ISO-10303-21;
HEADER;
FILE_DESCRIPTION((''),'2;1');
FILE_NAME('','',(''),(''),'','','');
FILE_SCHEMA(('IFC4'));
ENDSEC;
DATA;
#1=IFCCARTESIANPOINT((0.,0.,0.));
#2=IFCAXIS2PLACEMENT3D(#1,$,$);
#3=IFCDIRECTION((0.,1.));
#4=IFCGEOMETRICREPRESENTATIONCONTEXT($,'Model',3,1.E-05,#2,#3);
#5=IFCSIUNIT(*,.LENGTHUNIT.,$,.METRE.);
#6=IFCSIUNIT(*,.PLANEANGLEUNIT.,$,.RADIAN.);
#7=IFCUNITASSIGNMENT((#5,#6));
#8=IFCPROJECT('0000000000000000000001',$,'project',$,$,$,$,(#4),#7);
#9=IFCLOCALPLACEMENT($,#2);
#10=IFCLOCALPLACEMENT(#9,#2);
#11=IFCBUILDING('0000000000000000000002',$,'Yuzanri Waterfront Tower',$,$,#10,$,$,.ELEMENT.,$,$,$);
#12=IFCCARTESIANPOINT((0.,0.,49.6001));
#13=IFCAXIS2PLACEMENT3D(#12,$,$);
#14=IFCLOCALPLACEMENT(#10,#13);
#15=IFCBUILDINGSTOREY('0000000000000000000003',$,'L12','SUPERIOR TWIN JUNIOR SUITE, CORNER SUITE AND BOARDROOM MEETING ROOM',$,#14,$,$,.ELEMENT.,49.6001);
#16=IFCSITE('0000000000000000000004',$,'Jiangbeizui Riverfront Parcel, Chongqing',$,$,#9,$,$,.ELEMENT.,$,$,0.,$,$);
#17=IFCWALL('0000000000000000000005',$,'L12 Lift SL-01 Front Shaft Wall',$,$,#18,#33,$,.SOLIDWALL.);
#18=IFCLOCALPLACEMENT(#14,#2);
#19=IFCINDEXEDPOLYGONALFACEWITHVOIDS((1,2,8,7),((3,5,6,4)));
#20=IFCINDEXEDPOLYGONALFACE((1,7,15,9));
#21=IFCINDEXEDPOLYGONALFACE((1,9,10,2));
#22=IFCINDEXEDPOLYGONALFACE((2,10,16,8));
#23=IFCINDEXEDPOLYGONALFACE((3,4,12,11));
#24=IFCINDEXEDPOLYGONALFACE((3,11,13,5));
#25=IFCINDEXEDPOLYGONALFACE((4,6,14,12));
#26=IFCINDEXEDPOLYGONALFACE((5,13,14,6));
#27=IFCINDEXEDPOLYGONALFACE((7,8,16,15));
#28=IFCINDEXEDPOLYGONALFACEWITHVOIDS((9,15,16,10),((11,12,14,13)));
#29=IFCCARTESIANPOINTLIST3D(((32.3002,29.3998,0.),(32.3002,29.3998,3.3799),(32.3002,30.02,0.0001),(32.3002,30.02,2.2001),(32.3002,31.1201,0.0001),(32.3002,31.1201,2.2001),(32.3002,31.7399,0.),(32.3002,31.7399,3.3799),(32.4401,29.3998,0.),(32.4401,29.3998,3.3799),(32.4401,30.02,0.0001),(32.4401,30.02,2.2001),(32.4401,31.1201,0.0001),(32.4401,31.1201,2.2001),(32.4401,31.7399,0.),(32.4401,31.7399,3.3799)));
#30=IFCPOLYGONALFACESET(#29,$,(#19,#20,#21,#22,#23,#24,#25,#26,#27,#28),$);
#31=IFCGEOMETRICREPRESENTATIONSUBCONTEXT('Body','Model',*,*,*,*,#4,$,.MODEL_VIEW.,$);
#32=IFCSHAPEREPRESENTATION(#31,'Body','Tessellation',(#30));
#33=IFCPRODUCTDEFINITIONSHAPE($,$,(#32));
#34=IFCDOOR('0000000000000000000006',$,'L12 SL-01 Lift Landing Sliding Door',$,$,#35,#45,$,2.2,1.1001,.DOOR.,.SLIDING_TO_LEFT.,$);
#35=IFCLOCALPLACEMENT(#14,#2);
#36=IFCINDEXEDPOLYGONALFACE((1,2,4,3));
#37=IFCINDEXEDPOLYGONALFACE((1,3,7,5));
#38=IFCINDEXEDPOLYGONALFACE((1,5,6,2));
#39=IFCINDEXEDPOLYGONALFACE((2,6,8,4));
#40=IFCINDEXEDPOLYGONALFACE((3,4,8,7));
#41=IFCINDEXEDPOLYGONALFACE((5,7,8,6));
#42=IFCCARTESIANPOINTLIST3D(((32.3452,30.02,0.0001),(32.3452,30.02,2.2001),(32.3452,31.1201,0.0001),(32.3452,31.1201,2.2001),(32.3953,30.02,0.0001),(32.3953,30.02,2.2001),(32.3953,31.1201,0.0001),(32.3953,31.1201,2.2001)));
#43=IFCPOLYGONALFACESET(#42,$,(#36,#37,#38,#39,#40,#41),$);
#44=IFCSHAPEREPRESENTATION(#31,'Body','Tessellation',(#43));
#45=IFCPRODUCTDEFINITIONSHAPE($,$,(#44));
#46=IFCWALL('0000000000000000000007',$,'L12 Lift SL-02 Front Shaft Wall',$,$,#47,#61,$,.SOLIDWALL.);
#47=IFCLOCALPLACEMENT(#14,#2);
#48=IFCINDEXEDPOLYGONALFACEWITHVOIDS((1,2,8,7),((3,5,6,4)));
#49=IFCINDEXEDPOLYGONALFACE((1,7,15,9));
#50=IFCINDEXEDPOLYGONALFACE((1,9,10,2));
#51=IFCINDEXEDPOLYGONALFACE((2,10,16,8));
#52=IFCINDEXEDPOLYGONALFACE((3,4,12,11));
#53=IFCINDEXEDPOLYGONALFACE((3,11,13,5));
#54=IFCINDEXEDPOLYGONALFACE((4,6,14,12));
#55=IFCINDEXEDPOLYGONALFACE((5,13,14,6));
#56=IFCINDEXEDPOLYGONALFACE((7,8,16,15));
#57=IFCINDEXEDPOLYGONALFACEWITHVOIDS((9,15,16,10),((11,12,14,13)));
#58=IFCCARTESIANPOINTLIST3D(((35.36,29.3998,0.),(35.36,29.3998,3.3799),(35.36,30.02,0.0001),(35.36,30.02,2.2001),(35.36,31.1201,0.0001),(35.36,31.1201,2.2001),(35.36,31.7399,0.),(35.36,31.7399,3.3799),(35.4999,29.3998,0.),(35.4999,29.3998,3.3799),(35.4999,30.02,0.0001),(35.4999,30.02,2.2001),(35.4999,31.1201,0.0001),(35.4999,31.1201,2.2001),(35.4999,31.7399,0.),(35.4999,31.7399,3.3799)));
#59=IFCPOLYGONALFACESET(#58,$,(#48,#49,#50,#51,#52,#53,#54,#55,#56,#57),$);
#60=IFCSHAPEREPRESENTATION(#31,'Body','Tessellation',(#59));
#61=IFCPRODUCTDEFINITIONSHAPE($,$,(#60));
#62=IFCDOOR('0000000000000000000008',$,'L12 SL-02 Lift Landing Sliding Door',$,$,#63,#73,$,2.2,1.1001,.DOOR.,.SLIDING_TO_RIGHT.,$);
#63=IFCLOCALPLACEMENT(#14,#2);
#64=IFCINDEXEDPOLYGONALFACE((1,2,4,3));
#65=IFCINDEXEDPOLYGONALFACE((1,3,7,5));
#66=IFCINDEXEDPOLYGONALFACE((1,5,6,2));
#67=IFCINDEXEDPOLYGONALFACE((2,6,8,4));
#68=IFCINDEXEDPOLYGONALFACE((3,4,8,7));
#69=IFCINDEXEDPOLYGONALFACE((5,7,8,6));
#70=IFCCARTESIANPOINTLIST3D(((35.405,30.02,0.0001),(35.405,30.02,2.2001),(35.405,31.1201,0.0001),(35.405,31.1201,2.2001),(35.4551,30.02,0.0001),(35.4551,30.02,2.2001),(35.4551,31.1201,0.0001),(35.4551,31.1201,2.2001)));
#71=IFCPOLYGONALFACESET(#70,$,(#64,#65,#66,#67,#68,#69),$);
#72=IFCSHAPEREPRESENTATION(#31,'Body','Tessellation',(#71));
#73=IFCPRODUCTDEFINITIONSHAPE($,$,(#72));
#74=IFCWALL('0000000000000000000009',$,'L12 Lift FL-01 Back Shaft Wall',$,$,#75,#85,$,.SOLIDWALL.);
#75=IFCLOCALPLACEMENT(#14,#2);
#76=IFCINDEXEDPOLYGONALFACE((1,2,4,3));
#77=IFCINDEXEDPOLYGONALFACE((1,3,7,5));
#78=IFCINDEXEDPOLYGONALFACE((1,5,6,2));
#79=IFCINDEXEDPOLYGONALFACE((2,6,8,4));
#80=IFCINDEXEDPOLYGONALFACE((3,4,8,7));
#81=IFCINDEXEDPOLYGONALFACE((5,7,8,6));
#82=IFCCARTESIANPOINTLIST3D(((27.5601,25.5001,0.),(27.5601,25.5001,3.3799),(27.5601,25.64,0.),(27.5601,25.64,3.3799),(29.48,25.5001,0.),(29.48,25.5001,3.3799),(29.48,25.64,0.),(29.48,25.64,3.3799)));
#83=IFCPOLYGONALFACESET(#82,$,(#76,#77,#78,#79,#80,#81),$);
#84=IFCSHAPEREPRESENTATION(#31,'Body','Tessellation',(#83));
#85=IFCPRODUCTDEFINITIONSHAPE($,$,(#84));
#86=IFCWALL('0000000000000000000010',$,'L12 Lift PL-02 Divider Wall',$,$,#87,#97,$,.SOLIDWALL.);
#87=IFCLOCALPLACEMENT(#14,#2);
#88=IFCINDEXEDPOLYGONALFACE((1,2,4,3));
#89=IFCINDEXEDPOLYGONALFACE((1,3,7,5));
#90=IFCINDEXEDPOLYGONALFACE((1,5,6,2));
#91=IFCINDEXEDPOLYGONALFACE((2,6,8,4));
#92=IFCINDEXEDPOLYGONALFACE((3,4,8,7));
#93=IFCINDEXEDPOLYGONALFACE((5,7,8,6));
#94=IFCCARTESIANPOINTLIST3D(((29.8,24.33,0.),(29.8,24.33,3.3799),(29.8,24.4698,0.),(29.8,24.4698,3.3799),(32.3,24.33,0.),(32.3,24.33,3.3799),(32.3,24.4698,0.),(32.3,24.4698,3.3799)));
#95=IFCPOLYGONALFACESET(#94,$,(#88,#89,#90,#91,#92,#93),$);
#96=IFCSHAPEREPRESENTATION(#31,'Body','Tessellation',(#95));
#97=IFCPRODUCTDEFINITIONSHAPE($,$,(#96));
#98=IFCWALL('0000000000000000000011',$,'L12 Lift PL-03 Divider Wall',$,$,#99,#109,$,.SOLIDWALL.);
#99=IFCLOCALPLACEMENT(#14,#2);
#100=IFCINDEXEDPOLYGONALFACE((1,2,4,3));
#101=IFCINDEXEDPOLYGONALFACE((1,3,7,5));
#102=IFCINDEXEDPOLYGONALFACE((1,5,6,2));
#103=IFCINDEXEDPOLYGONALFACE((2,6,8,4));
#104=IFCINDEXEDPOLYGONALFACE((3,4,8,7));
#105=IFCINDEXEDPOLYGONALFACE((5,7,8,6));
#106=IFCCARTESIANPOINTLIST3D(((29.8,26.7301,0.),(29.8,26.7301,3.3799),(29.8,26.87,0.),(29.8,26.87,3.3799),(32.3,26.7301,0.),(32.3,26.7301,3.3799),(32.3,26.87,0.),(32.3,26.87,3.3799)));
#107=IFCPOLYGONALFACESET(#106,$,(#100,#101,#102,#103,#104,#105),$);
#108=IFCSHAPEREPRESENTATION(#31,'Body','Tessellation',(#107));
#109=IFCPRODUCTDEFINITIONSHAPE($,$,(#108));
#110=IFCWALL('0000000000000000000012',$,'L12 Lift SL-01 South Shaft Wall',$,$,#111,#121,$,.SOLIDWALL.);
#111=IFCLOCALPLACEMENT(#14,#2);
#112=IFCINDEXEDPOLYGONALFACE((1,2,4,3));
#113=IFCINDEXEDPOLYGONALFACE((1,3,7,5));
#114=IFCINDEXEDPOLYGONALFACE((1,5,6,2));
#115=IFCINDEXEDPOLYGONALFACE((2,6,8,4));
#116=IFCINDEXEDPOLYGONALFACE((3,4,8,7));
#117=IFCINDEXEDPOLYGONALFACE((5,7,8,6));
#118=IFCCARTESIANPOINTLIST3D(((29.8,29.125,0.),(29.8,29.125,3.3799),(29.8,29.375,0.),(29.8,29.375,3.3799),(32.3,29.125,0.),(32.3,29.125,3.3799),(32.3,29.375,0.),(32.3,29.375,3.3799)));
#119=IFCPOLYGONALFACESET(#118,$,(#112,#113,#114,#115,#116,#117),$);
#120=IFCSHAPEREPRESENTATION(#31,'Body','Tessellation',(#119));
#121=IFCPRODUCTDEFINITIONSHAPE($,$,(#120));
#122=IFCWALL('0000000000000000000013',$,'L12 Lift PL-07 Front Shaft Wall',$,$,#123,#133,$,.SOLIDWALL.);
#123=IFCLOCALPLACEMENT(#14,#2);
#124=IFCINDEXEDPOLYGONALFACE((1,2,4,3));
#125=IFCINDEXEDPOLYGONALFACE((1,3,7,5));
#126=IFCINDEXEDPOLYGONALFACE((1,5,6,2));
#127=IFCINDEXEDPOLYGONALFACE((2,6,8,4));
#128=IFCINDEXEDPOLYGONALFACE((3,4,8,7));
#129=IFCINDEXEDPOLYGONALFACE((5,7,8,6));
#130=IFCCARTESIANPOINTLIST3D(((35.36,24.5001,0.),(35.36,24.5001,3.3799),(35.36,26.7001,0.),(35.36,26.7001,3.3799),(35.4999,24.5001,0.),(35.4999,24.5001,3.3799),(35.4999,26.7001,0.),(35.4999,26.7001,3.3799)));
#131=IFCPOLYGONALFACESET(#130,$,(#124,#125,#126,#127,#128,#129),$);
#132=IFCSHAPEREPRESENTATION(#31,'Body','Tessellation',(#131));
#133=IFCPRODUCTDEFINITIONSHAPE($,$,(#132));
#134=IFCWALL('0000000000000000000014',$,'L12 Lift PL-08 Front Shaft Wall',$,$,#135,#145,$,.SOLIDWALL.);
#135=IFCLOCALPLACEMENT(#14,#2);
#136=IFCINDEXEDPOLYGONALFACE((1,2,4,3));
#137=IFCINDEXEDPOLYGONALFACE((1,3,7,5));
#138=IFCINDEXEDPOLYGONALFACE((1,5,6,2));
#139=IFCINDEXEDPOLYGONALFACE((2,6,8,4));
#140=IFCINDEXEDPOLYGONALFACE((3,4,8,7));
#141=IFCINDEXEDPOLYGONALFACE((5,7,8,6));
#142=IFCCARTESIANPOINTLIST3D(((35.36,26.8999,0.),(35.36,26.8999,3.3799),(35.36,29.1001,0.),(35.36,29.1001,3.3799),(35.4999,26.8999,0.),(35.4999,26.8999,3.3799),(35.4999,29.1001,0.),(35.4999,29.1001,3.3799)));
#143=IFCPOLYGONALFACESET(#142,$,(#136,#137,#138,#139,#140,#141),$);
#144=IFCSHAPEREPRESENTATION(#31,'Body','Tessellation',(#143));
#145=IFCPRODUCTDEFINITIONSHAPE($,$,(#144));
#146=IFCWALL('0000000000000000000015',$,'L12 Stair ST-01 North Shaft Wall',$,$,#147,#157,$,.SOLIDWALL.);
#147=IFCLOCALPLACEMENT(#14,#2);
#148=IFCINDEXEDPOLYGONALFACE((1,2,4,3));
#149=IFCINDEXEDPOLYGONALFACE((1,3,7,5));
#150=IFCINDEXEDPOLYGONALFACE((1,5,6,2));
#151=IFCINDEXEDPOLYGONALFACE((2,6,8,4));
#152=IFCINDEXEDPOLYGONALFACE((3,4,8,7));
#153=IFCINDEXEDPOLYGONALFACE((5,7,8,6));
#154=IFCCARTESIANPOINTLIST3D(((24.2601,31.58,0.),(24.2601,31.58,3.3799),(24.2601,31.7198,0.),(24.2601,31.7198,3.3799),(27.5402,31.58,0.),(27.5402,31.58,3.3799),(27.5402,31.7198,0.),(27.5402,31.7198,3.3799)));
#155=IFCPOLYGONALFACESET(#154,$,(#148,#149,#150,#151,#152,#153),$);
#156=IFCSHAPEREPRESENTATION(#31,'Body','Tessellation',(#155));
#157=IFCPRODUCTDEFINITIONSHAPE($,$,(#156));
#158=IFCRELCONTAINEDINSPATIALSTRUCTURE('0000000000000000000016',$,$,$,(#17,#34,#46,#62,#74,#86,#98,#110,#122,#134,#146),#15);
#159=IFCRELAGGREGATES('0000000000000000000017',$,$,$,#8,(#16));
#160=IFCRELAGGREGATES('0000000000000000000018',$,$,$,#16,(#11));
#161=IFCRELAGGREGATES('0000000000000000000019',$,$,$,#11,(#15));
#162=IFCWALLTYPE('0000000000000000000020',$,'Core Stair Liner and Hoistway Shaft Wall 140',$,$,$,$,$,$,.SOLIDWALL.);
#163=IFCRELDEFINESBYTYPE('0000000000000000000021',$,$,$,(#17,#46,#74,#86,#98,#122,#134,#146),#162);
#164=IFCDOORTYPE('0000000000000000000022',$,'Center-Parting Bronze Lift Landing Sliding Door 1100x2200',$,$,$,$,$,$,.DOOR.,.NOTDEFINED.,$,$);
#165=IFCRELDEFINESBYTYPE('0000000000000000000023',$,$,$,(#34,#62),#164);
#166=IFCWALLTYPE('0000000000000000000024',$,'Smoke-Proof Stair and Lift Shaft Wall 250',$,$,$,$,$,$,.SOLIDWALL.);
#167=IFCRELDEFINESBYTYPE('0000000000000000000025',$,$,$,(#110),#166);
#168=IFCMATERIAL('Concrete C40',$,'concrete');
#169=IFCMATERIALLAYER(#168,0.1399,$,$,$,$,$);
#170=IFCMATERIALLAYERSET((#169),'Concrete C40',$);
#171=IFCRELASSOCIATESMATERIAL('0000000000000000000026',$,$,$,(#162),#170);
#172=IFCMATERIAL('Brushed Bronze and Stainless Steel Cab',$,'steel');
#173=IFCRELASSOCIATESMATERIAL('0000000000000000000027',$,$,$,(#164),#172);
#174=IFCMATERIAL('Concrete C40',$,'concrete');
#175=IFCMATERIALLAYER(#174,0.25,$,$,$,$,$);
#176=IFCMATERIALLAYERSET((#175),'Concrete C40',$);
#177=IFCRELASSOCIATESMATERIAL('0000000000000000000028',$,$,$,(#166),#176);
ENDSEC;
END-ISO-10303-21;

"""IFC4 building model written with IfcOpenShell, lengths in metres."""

from ifc_helpers import new_model, si_unit, direction, frame, frame_2d, origin, place, context, subcontext, project, spatial, rectangle, extrude, source, transform, mapped, material, layer, layer_set, type_object, element, fill, save


model = new_model("IFC4")

# Units and contexts
model_context = context("Model", 3, precision=1e-05, world=origin(), true_north=direction((0.0, 1.0)))
body_context = subcontext(model_context, "Body", "Model", "MODEL_VIEW")
ifc_project = project(units=[si_unit("LENGTHUNIT", "METRE"), si_unit("PLANEANGLEUNIT", "RADIAN")], contexts=[model_context])

# Site, building, storey
site_placement = place(None, origin())
site = spatial("IfcSite", under=ifc_project, at=site_placement, Name="Jiangbeizui Riverfront Parcel, Chongqing", CompositionType="ELEMENT", RefElevation=0.0)
building_placement = place(site_placement, origin())
building = spatial("IfcBuilding", under=site, at=building_placement, Name="Yuzanri Waterfront Tower", CompositionType="ELEMENT")
storey_placement = place(building_placement, frame((0.0, 0.0, 49.6001)))
storey = spatial("IfcBuildingStorey", under=building, at=storey_placement, Name="L12", Description="SUPERIOR TWIN JUNIOR SUITE, CORNER SUITE AND BOARDROOM MEETING ROOM", CompositionType="ELEMENT", Elevation=49.6001)

# Walls, openings, doors
ifc_material_1 = material(Name="Concrete C40", Category="concrete")
ifc_layer_1 = layer(ifc_material_1, 0.1399)
ifc_layer_set_1 = layer_set([ifc_layer_1], Name="Concrete C40")
wall_type_1 = type_object("IfcWallType", Name="Core Stair Liner and Hoistway Shaft Wall 140", PredefinedType="SOLIDWALL", material=ifc_layer_set_1)
ifc_material_2 = material(Name="Brushed Bronze and Stainless Steel Cab", Category="steel")
door_type_1 = type_object("IfcDoorType", Name="Center-Parting Bronze Lift Landing Sliding Door 1100x2200", OperationType="NOTDEFINED", PredefinedType="DOOR", material=ifc_material_2)
shared_shape_1 = source(origin(), body_context, "Body", "SweptSolid", [
    extrude(rectangle(XDim=1.1001, YDim=2.2, at=frame_2d((0.55, 1.1001))), frame((0.0, 0.0249, 0.0), z_axis=(0.0, -1.0, 0.0), x_axis=(1.0, 0.0, 0.0)), (0.0, 0.0, 1.0), 0.05),
])
wall_1_placement = place(storey_placement, frame((32.3701, 29.3999, 0.0), z_axis=(0.0, 0.0, 1.0), x_axis=(0.0, 1.0, 0.0)))
wall_1 = element("IfcWall", 1, at=wall_1_placement, inside=storey, type_object=wall_type_1, Name="L12 Lift SL-01 Front Shaft Wall", PredefinedType="SOLIDWALL", context=body_context, shape_type="SweptSolid", body=[
    extrude(rectangle(XDim=2.3401, YDim=0.1399, at=frame_2d((1.1699, 0.0))), origin(), (0.0, 0.0, 1.0), 3.3799),
])
opening_1_placement = place(wall_1_placement, frame((0.6201, 0.0, 0.0)))
opening_1 = element("IfcOpeningElement", 2, at=opening_1_placement, cuts=wall_1, PredefinedType="OPENING", context=body_context, shape_type="SweptSolid", body=[
    extrude(rectangle(XDim=1.1001, YDim=2.2, at=frame_2d((0.55, 1.1001))), frame((0.0, 0.085, 0.0), z_axis=(0.0, -1.0, 0.0), x_axis=(1.0, 0.0, 0.0)), (0.0, 0.0, 1.0), 0.1697),
])
door_1_placement = place(opening_1_placement, origin())
door_1 = element("IfcDoor", 3, at=door_1_placement, inside=storey, type_object=door_type_1, Name="L12 SL-01 Lift Landing Sliding Door", OperationType="SLIDING_TO_LEFT", OverallHeight=2.2, OverallWidth=1.1001, PredefinedType="DOOR", context=body_context, shape_type="MappedRepresentation", body=[
    mapped(shared_shape_1, transform((0.0, 0.0, 0.0), scale=1.0)),
])
fill(opening_1, door_1)
wall_2_placement = place(storey_placement, frame((35.4299, 29.3999, 0.0), z_axis=(0.0, 0.0, 1.0), x_axis=(0.0, 1.0, 0.0)))
wall_2 = element("IfcWall", 4, at=wall_2_placement, inside=storey, type_object=wall_type_1, Name="L12 Lift SL-02 Front Shaft Wall", PredefinedType="SOLIDWALL", context=body_context, shape_type="SweptSolid", body=[
    extrude(rectangle(XDim=2.3401, YDim=0.1399, at=frame_2d((1.1699, 0.0))), origin(), (0.0, 0.0, 1.0), 3.3799),
])
opening_2_placement = place(wall_2_placement, frame((0.6201, 0.0, 0.0)))
opening_2 = element("IfcOpeningElement", 5, at=opening_2_placement, cuts=wall_2, PredefinedType="OPENING", context=body_context, shape_type="SweptSolid", body=[
    extrude(rectangle(XDim=1.1001, YDim=2.2, at=frame_2d((0.55, 1.1001))), frame((0.0, 0.085, 0.0), z_axis=(0.0, -1.0, 0.0), x_axis=(1.0, 0.0, 0.0)), (0.0, 0.0, 1.0), 0.1697),
])
door_2_placement = place(opening_2_placement, origin())
door_2 = element("IfcDoor", 6, at=door_2_placement, inside=storey, type_object=door_type_1, Name="L12 SL-02 Lift Landing Sliding Door", OperationType="SLIDING_TO_RIGHT", OverallHeight=2.2, OverallWidth=1.1001, PredefinedType="DOOR", context=body_context, shape_type="MappedRepresentation", body=[
    mapped(shared_shape_1, transform((0.0, 0.0, 0.0), scale=1.0)),
])
fill(opening_2, door_2)

# Walls
shared_shape_2 = source(origin(), body_context, "Body", "SweptSolid", [
    extrude(rectangle(XDim=1.9199, YDim=0.1399, at=frame_2d((0.96, 0.0))), origin(), (0.0, 0.0, 1.0), 3.3799),
])
wall_3_placement = place(storey_placement, frame((27.5601, 25.5701, 0.0), z_axis=(0.0, 0.0, 1.0), x_axis=(1.0, 0.0, 0.0)))
element("IfcWall", 7, at=wall_3_placement, inside=storey, type_object=wall_type_1, Name="L12 Lift FL-01 Back Shaft Wall", PredefinedType="SOLIDWALL", context=body_context, shape_type="MappedRepresentation", body=[
    mapped(shared_shape_2, transform((0.0, 0.0, 0.0), scale=1.0)),
])
shared_shape_3 = source(origin(), body_context, "Body", "SweptSolid", [
    extrude(rectangle(XDim=2.5, YDim=0.1399, at=frame_2d((1.25, 0.0))), origin(), (0.0, 0.0, 1.0), 3.3799),
])
for number, where, z_axis, x_axis, name in (
    (8, (29.8, 24.3999, 0.0), (0.0, 0.0, 1.0), (1.0, 0.0, 0.0), "L12 Lift PL-02 Divider Wall"),
    (9, (29.8, 26.8, 0.0), (0.0, 0.0, 1.0), (1.0, 0.0, 0.0), "L12 Lift PL-03 Divider Wall"),
):
    element("IfcWall", number, at=place(storey_placement, frame(where, z_axis=z_axis, x_axis=x_axis)), inside=storey, type_object=wall_type_1, Name=name, PredefinedType="SOLIDWALL", context=body_context, shape_type="MappedRepresentation", body=[
        mapped(shared_shape_3, transform((0.0, 0.0, 0.0), scale=1.0)),
    ])
ifc_material_3 = material(Name="Concrete C40", Category="concrete")
ifc_layer_2 = layer(ifc_material_3, 0.25)
ifc_layer_set_2 = layer_set([ifc_layer_2], Name="Concrete C40")
wall_type_2 = type_object("IfcWallType", Name="Smoke-Proof Stair and Lift Shaft Wall 250", PredefinedType="SOLIDWALL", material=ifc_layer_set_2)
shared_shape_4 = source(origin(), body_context, "Body", "SweptSolid", [
    extrude(rectangle(XDim=2.5, YDim=0.25, at=frame_2d((1.25, 0.0))), origin(), (0.0, 0.0, 1.0), 3.3799),
])
wall_4_placement = place(storey_placement, frame((29.8, 29.25, 0.0), z_axis=(0.0, 0.0, 1.0), x_axis=(1.0, 0.0, 0.0)))
element("IfcWall", 10, at=wall_4_placement, inside=storey, type_object=wall_type_2, Name="L12 Lift SL-01 South Shaft Wall", PredefinedType="SOLIDWALL", context=body_context, shape_type="MappedRepresentation", body=[
    mapped(shared_shape_4, transform((0.0, 0.0, 0.0), scale=1.0)),
])
shared_shape_5 = source(origin(), body_context, "Body", "SweptSolid", [
    extrude(rectangle(XDim=2.2, YDim=0.1399, at=frame_2d((1.1001, 0.0))), origin(), (0.0, 0.0, 1.0), 3.3799),
])
wall_5_placement = place(storey_placement, frame((35.4299, 24.5, 0.0), z_axis=(0.0, 0.0, 1.0), x_axis=(0.0, 1.0, 0.0)))
element("IfcWall", 11, at=wall_5_placement, inside=storey, type_object=wall_type_1, Name="L12 Lift PL-07 Front Shaft Wall", PredefinedType="SOLIDWALL", context=body_context, shape_type="MappedRepresentation", body=[
    mapped(shared_shape_5, transform((0.0, 0.0, 0.0), scale=1.0)),
])
shared_shape_6 = source(origin(), body_context, "Body", "SweptSolid", [
    extrude(rectangle(XDim=2.2002, YDim=0.1399, at=frame_2d((1.1001, 0.0))), origin(), (0.0, 0.0, 1.0), 3.3799),
])
wall_6_placement = place(storey_placement, frame((35.4299, 26.8999, 0.0), z_axis=(0.0, 0.0, 1.0), x_axis=(0.0, 1.0, 0.0)))
element("IfcWall", 12, at=wall_6_placement, inside=storey, type_object=wall_type_1, Name="L12 Lift PL-08 Front Shaft Wall", PredefinedType="SOLIDWALL", context=body_context, shape_type="MappedRepresentation", body=[
    mapped(shared_shape_6, transform((0.0, 0.0, 0.0), scale=1.0)),
])
shared_shape_7 = source(origin(), body_context, "Body", "SweptSolid", [
    extrude(rectangle(XDim=3.28, YDim=0.1399, at=frame_2d((1.6401, 0.0))), origin(), (0.0, 0.0, 1.0), 3.3799),
])
wall_7_placement = place(storey_placement, frame((24.26, 31.6499, 0.0), z_axis=(0.0, 0.0, 1.0), x_axis=(1.0, 0.0, 0.0)))
element("IfcWall", 13, at=wall_7_placement, inside=storey, type_object=wall_type_1, Name="L12 Stair ST-01 North Shaft Wall", PredefinedType="SOLIDWALL", context=body_context, shape_type="MappedRepresentation", body=[
    mapped(shared_shape_7, transform((0.0, 0.0, 0.0), scale=1.0)),
])

save(model, "model.ifc")
